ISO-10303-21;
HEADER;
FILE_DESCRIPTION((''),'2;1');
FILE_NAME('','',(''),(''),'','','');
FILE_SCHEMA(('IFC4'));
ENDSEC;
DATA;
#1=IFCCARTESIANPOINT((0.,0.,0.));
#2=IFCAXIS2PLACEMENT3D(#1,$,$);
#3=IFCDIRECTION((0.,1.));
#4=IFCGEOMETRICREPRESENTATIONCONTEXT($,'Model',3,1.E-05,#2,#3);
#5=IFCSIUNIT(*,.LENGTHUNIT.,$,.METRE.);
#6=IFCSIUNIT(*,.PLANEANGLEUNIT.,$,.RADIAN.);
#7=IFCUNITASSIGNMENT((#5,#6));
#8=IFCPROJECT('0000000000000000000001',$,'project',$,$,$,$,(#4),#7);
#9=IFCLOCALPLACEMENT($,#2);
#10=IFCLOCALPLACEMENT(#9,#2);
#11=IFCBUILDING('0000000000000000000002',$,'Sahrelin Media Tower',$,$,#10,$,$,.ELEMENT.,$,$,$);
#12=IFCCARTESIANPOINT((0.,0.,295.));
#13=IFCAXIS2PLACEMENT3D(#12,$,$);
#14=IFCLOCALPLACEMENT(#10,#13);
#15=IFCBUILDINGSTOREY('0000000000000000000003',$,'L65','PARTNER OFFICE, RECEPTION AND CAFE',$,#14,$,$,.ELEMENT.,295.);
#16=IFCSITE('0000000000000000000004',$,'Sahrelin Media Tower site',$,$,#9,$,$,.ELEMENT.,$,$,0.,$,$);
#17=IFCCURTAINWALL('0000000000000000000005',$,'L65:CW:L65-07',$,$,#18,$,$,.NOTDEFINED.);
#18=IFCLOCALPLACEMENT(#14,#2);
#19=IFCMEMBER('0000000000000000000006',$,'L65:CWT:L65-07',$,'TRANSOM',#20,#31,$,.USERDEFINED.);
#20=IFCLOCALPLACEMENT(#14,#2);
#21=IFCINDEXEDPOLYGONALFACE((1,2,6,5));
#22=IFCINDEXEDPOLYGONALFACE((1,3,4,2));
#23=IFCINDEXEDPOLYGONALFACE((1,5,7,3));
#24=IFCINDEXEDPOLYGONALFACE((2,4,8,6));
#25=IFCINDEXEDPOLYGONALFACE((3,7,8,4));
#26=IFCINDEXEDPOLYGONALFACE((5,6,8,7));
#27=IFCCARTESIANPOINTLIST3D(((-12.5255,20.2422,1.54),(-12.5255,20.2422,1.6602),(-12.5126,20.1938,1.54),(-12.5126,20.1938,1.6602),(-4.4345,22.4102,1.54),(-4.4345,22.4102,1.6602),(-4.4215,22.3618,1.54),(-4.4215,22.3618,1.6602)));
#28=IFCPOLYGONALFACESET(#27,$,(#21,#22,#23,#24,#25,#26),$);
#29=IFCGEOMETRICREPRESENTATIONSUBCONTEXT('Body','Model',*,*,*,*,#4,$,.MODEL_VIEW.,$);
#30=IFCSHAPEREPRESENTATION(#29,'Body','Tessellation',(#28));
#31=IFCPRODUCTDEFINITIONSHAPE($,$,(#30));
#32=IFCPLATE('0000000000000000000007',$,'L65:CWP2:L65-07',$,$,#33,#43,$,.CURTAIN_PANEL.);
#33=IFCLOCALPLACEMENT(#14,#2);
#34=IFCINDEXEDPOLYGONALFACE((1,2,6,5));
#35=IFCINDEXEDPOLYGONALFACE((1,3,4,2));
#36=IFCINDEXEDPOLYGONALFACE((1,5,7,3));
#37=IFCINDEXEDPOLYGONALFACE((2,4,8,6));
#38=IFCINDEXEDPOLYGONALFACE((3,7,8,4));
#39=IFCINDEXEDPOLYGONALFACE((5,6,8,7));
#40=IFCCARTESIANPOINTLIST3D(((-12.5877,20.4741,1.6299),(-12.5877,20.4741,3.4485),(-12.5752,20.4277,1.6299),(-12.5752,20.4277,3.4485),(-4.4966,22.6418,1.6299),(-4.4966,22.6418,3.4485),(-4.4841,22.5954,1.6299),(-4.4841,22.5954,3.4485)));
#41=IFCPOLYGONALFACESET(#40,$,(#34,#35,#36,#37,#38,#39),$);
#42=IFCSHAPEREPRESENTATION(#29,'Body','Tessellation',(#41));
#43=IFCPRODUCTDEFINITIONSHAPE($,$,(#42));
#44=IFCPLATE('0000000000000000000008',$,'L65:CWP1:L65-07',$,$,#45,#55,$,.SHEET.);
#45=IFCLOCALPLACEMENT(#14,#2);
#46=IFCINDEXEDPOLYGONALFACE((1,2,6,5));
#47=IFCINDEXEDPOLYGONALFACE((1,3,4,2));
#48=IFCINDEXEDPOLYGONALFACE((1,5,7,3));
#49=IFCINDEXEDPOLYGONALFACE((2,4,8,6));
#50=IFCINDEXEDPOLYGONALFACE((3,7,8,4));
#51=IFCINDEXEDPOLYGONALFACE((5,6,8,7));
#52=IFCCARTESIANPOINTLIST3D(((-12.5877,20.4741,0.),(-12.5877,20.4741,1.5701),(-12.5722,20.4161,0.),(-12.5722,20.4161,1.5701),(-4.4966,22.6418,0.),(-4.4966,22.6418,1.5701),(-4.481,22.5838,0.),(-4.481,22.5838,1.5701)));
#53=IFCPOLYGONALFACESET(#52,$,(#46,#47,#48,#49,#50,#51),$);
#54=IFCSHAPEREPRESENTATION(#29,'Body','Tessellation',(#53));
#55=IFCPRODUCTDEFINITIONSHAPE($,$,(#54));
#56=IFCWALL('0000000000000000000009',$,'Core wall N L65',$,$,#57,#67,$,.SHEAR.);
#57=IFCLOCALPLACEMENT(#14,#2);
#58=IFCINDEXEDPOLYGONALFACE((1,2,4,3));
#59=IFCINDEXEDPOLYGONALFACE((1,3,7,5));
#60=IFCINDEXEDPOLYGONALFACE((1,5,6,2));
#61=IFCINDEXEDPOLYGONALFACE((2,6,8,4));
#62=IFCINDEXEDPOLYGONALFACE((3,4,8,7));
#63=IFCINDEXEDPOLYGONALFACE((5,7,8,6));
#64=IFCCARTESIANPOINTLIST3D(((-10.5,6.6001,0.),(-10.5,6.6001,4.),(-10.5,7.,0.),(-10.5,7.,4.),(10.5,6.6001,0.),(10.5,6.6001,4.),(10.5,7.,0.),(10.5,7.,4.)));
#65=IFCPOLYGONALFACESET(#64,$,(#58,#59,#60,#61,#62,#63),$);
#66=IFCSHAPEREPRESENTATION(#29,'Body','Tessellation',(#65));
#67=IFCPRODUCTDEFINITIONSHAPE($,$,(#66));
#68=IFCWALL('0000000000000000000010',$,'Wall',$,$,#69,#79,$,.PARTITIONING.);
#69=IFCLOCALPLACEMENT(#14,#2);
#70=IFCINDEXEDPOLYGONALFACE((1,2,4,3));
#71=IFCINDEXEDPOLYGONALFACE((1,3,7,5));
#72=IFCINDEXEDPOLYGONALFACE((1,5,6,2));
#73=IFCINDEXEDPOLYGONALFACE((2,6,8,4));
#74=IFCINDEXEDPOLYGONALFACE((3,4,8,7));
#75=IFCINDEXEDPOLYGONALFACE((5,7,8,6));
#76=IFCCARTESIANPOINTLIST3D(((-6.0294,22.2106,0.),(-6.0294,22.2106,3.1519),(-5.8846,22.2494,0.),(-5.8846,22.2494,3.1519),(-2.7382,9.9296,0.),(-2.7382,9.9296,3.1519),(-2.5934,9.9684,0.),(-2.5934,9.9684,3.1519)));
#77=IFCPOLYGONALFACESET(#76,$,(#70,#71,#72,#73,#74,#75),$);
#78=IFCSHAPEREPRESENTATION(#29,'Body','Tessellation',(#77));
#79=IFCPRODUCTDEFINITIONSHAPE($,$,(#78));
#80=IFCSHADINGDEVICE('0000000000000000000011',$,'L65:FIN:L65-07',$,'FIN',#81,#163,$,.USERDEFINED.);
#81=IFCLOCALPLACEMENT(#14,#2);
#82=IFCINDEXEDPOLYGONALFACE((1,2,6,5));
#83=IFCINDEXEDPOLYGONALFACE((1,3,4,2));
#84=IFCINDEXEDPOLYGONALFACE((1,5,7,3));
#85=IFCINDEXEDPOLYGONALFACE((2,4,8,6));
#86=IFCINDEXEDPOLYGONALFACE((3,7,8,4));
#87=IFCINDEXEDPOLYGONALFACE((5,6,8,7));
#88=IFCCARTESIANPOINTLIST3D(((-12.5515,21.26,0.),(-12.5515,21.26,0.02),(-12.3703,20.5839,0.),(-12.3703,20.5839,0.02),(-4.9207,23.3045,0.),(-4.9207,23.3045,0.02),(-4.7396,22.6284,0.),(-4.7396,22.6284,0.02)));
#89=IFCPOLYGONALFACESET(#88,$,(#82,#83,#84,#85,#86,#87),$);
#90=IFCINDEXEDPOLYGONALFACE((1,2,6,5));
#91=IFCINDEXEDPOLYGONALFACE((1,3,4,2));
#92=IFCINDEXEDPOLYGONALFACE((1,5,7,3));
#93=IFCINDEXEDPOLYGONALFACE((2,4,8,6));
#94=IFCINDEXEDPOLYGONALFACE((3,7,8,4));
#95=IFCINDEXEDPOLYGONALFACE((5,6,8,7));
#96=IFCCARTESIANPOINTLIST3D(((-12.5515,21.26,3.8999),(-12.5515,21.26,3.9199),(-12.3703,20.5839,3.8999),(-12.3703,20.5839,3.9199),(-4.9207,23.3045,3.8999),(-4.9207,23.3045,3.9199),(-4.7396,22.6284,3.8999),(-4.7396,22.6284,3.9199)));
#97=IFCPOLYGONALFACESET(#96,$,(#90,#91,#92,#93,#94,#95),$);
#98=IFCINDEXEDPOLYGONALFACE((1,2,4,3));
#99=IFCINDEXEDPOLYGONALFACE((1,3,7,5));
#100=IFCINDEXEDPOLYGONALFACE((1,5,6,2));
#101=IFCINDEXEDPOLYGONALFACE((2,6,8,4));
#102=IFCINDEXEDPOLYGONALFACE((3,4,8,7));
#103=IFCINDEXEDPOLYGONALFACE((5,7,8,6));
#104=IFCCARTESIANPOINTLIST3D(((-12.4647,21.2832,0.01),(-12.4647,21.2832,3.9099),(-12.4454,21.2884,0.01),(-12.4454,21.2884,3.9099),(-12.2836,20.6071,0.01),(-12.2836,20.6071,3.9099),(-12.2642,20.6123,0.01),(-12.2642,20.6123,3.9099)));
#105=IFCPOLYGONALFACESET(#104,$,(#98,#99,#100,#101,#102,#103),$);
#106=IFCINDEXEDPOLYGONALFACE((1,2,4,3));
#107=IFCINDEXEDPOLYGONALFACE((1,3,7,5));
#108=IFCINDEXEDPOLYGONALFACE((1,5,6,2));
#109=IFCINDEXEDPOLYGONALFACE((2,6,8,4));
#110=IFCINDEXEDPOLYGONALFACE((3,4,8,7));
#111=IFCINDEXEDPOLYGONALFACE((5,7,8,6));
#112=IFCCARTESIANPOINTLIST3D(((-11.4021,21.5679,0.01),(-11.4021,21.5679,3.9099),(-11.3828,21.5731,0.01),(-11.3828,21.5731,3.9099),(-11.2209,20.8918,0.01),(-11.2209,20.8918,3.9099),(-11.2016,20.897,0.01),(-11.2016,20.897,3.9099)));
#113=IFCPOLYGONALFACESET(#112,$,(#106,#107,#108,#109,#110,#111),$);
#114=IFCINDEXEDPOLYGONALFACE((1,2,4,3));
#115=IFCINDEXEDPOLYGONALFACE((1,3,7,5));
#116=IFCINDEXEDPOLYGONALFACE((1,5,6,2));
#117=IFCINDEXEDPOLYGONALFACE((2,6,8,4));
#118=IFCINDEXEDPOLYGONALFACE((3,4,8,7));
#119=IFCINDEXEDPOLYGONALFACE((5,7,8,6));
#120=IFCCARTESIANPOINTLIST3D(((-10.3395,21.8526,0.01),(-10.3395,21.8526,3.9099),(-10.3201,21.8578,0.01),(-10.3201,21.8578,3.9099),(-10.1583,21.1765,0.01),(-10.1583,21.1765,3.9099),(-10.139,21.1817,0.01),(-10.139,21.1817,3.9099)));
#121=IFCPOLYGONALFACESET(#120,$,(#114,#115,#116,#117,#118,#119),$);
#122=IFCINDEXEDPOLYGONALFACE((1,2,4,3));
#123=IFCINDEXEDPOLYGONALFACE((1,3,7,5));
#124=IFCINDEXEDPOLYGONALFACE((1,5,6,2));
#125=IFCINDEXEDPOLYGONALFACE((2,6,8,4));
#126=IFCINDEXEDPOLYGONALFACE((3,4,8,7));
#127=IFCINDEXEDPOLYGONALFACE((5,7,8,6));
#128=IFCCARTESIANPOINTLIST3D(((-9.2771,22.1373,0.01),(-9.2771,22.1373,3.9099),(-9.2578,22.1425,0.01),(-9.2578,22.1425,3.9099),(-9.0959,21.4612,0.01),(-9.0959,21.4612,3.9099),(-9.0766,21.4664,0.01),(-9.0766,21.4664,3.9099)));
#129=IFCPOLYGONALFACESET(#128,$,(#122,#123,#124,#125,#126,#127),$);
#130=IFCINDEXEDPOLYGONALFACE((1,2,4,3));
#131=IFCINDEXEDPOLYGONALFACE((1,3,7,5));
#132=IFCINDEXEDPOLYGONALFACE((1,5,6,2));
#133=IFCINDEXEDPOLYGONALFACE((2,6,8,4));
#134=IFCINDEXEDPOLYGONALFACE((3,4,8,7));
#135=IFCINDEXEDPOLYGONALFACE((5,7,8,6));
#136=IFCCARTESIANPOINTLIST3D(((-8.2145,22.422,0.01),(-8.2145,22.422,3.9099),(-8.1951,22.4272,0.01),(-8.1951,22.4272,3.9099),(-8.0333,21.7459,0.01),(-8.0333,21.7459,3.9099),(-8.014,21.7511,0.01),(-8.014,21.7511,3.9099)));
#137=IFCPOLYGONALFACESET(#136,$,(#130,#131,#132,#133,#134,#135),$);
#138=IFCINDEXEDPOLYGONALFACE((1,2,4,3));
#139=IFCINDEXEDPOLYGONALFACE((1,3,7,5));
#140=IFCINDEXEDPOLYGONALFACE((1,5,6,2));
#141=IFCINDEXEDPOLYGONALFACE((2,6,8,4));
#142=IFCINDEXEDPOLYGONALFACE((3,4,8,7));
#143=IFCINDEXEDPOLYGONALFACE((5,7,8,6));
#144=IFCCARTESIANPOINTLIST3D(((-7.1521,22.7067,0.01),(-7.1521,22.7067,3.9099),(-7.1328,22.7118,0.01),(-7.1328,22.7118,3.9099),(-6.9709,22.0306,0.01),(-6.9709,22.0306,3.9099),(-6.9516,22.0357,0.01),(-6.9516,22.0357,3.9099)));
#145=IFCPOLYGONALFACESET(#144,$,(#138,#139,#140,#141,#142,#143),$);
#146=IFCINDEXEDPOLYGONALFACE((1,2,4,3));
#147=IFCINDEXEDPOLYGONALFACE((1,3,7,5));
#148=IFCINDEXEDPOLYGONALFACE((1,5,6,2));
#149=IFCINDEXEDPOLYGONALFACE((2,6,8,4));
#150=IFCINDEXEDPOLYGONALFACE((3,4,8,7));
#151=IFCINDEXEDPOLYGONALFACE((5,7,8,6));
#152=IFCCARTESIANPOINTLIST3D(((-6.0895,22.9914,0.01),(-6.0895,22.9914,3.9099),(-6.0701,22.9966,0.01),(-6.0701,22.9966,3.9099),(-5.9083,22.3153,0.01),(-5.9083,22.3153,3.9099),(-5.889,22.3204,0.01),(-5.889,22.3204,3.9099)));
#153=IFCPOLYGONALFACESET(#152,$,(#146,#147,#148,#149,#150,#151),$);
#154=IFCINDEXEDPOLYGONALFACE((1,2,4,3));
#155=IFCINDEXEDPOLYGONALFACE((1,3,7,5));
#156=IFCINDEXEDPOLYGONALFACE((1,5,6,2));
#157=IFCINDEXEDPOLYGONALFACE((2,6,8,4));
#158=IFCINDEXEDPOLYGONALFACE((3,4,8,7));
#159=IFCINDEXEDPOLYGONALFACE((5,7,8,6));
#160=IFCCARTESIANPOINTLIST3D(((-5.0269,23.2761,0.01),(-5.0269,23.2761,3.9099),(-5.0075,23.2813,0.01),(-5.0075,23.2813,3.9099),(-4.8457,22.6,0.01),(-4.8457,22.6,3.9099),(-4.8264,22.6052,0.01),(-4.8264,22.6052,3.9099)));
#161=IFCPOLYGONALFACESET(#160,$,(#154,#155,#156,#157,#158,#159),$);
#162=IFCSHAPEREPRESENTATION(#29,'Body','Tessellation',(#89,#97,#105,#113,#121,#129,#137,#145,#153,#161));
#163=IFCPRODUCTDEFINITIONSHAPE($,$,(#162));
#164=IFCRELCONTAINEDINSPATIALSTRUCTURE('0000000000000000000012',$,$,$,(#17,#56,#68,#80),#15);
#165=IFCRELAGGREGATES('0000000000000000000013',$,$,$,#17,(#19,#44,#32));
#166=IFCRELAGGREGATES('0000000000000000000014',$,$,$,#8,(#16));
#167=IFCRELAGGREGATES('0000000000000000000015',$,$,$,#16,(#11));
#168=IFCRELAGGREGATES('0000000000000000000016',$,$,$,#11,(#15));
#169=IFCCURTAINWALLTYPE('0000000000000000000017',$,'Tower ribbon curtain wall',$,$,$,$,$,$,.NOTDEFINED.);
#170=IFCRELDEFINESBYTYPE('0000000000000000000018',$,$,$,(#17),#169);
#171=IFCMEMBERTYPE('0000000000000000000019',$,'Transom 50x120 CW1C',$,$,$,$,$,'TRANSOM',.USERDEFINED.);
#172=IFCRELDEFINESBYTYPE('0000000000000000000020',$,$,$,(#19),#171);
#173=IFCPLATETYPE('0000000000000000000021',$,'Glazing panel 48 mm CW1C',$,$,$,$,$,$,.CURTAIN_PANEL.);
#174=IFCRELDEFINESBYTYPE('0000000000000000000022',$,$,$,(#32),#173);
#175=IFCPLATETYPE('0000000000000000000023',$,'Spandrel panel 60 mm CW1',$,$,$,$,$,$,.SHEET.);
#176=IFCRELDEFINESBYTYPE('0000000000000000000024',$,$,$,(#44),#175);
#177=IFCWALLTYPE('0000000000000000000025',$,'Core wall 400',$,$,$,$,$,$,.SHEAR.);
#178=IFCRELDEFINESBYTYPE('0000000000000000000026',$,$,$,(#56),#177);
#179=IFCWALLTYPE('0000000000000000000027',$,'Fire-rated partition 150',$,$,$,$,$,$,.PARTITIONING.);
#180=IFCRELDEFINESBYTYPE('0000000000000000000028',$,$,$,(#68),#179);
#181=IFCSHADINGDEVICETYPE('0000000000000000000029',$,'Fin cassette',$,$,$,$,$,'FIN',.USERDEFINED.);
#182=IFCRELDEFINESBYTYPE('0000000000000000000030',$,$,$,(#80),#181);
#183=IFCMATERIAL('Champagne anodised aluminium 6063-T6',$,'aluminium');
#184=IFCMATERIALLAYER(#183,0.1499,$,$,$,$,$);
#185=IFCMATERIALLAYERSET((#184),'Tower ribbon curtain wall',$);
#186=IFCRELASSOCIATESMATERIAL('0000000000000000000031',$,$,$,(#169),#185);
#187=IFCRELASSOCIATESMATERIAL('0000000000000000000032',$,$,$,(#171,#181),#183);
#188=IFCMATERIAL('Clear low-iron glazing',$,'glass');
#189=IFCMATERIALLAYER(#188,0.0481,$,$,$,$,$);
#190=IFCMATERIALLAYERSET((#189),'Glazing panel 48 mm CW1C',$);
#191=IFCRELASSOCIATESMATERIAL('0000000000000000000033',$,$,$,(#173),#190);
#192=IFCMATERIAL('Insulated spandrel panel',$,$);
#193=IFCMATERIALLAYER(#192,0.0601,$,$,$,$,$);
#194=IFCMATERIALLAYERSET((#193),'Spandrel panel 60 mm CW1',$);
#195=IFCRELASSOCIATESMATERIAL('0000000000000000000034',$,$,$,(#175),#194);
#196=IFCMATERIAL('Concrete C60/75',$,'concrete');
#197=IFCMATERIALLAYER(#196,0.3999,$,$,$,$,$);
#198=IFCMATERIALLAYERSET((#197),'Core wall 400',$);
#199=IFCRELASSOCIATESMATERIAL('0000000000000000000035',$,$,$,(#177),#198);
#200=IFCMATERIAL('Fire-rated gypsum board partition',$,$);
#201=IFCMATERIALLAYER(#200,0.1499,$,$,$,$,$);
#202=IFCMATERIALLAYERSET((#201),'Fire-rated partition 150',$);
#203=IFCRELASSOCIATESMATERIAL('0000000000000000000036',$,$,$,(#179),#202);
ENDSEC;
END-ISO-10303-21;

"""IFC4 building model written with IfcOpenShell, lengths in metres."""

from ifc_helpers import new_model, si_unit, direction, frame, frame_2d, origin, origin_2d, place, context, subcontext, project, spatial, polyline, rectangle, outline, extrude, material, layer, layer_set, material_profile, profile_set, type_object, element, aggregate, save


model = new_model("IFC4")

# Units and contexts
model_context = context("Model", 3, precision=1e-05, world=origin(), true_north=direction((0.0, 1.0)))
body_context = subcontext(model_context, "Body", "Model", "MODEL_VIEW")
ifc_project = project(units=[si_unit("LENGTHUNIT", "METRE"), si_unit("PLANEANGLEUNIT", "RADIAN")], contexts=[model_context])

# Site, building, storey
site_placement = place(None, origin())
site = spatial("IfcSite", under=ifc_project, at=site_placement, Name="Sahrelin Media Tower site", CompositionType="ELEMENT", RefElevation=0.0)
building_placement = place(site_placement, origin())
building = spatial("IfcBuilding", under=site, at=building_placement, Name="Sahrelin Media Tower", CompositionType="ELEMENT")
storey_placement = place(building_placement, frame((0.0, 0.0, 295.0)))
storey = spatial("IfcBuildingStorey", under=building, at=storey_placement, Name="L65", Description="PARTNER OFFICE, RECEPTION AND CAFE", CompositionType="ELEMENT", Elevation=295.0)

# Curtain wall
ifc_material_1 = material(Name="Champagne anodised aluminium 6063-T6", Category="aluminium")
ifc_layer_1 = layer(ifc_material_1, 0.1499)
ifc_layer_set_1 = layer_set([ifc_layer_1], Name="Tower ribbon curtain wall")
curtain_wall_type = type_object("IfcCurtainWallType", Name="Tower ribbon curtain wall", PredefinedType="NOTDEFINED", material=ifc_layer_set_1)
curtain_wall_1_placement = place(storey_placement, frame((-8.5369, 21.5386, 0.0), z_axis=(0.0, 0.0, 1.0), x_axis=(1.0, 0.0, 0.0)))
curtain_wall_1 = element("IfcCurtainWall", 1, at=curtain_wall_1_placement, inside=storey, type_object=curtain_wall_type, Name="L65:CW:L65-07", PredefinedType="NOTDEFINED")

# Member
ifc_material_profile_1 = material_profile(ifc_material_1, rectangle(XDim=0.05, YDim=0.1201, at=origin_2d()), Name="Transom 50x120")
ifc_profile_set_1 = profile_set([ifc_material_profile_1], Name="Champagne anodised aluminium 6063-T6")
member_type_1 = type_object("IfcMemberType", Name="Transom 50x120 CW1C", ElementType="TRANSOM", PredefinedType="USERDEFINED", material=ifc_profile_set_1)
member_1_placement = place(storey_placement, frame((-4.428, 22.386, 1.6001), z_axis=(-0.965927, -0.258816, 0.0), x_axis=(0.258816, -0.965927, 0.0)))
member_1 = element("IfcMember", 2, at=member_1_placement, type_object=member_type_1, Name="L65:CWT:L65-07", ObjectType="TRANSOM", PredefinedType="USERDEFINED", context=body_context, shape_type="SweptSolid", body=[
    extrude(rectangle(XDim=0.05, YDim=0.1201, at=origin_2d()), origin(), (0.0, 0.0, 1.0), 8.3765),
])

# Plates
ifc_material_2 = material(Name="Clear low-iron glazing", Category="glass")
ifc_layer_2 = layer(ifc_material_2, 0.0481)
ifc_layer_set_2 = layer_set([ifc_layer_2], Name="Glazing panel 48 mm CW1C")
plate_type_1 = type_object("IfcPlateType", Name="Glazing panel 48 mm CW1C", PredefinedType="CURTAIN_PANEL", material=ifc_layer_set_2)
plate_1_placement = place(storey_placement, frame((-4.4966, 22.6418, 1.6299), z_axis=(-0.258789, 0.965934, 0.0), x_axis=(-0.965934, -0.258789, 0.0)))
plate_1 = element("IfcPlate", 3, at=plate_1_placement, type_object=plate_type_1, Name="L65:CWP2:L65-07", PredefinedType="CURTAIN_PANEL", context=body_context, shape_type="SweptSolid", body=[
    extrude(outline(polyline([(0.0, 0.0), (8.3765, 0.0), (8.3765, 1.8186), (0.0, 1.8186), (0.0, 0.0)])), origin(), (0.0, 0.0, -1.0), 0.0481),
])
ifc_material_3 = material(Name="Insulated spandrel panel")
ifc_layer_3 = layer(ifc_material_3, 0.0601)
ifc_layer_set_3 = layer_set([ifc_layer_3], Name="Spandrel panel 60 mm CW1")
plate_type_2 = type_object("IfcPlateType", Name="Spandrel panel 60 mm CW1", PredefinedType="SHEET", material=ifc_layer_set_3)
plate_2_placement = place(storey_placement, frame((-4.4966, 22.6418, 0.0), z_axis=(-0.258789, 0.965934, 0.0), x_axis=(-0.965934, -0.258789, 0.0)))
plate_2 = element("IfcPlate", 4, at=plate_2_placement, type_object=plate_type_2, Name="L65:CWP1:L65-07", PredefinedType="SHEET", context=body_context, shape_type="SweptSolid", body=[
    extrude(outline(polyline([(0.0, 0.0), (8.3765, 0.0), (8.3765, 1.5701), (0.0, 1.5701), (0.0, 0.0)])), origin(), (0.0, 0.0, -1.0), 0.0601),
])
aggregate(curtain_wall_1, [member_1, plate_2, plate_1])

# Walls
ifc_material_4 = material(Name="Concrete C60/75", Category="concrete")
ifc_layer_4 = layer(ifc_material_4, 0.3999)
ifc_layer_set_4 = layer_set([ifc_layer_4], Name="Core wall 400")
wall_type_1 = type_object("IfcWallType", Name="Core wall 400", PredefinedType="SHEAR", material=ifc_layer_set_4)
wall_1_placement = place(storey_placement, frame((-10.5, 6.8, 0.0), z_axis=(0.0, 0.0, 1.0), x_axis=(1.0, 0.0, 0.0)))
element("IfcWall", 5, at=wall_1_placement, inside=storey, type_object=wall_type_1, Name="Core wall N L65", PredefinedType="SHEAR", context=body_context, shape_type="SweptSolid", body=[
    extrude(rectangle(XDim=21.0, YDim=0.3999, at=frame_2d((10.5, 0.0))), origin(), (0.0, 0.0, 1.0), 4.0),
])
ifc_material_5 = material(Name="Fire-rated gypsum board partition")
ifc_layer_5 = layer(ifc_material_5, 0.1499)
ifc_layer_set_5 = layer_set([ifc_layer_5], Name="Fire-rated partition 150")
wall_type_2 = type_object("IfcWallType", Name="Fire-rated partition 150", PredefinedType="PARTITIONING", material=ifc_layer_set_5)
wall_2_placement = place(storey_placement, frame((-5.957, 22.23, 0.0), z_axis=(0.0, 0.0, 1.0), x_axis=(0.258861, -0.965915, 0.0)))
element("IfcWall", 6, at=wall_2_placement, inside=storey, type_object=wall_type_2, Name="Wall", PredefinedType="PARTITIONING", context=body_context, shape_type="SweptSolid", body=[
    extrude(rectangle(XDim=12.7144, YDim=0.1499, at=frame_2d((6.3572, 0.0))), origin(), (0.0, 0.0, 1.0), 3.1519),
])

# Shading device
shading_device_type_1 = type_object("IfcShadingDeviceType", Name="Fin cassette", ElementType="FIN", PredefinedType="USERDEFINED", material=ifc_material_1)
placement = place(storey_placement, frame((-8.5369, 21.5386, 0.0), z_axis=(0.0, 0.0, 1.0), x_axis=(0.965929, 0.258808, 0.0)))
element("IfcShadingDevice", 7, at=placement, inside=storey, type_object=shading_device_type_1, Name="L65:FIN:L65-07", ObjectType="FIN", PredefinedType="USERDEFINED", context=body_context, shape_type="SweptSolid", body=[
    extrude(rectangle(XDim=7.8999, YDim=0.7, at=origin_2d()), frame((0.0, 0.4199, 0.0)), (0.0, 0.0, 1.0), 0.02),
    extrude(rectangle(XDim=7.8999, YDim=0.7, at=origin_2d()), frame((0.0, 0.4199, 3.8999)), (0.0, 0.0, 1.0), 0.02),
    extrude(rectangle(XDim=0.02, YDim=0.7, at=origin_2d()), frame((-3.8501, 0.4199, 0.01), z_axis=(0.0, 0.0, 1.0), x_axis=(1.0, 0.0, 0.0)), (0.0, 0.0, 1.0), 3.8999),
    extrude(rectangle(XDim=0.02, YDim=0.7, at=origin_2d()), frame((-2.75, 0.4199, 0.01), z_axis=(0.0, 0.0, 1.0), x_axis=(1.0, 0.0, 0.0)), (0.0, 0.0, 1.0), 3.8999),
    extrude(rectangle(XDim=0.02, YDim=0.7, at=origin_2d()), frame((-1.6499, 0.4199, 0.01), z_axis=(0.0, 0.0, 1.0), x_axis=(1.0, 0.0, 0.0)), (0.0, 0.0, 1.0), 3.8999),
    extrude(rectangle(XDim=0.02, YDim=0.7, at=origin_2d()), frame((-0.55, 0.4199, 0.01), z_axis=(0.0, 0.0, 1.0), x_axis=(1.0, 0.0, 0.0)), (0.0, 0.0, 1.0), 3.8999),
    extrude(rectangle(XDim=0.02, YDim=0.7, at=origin_2d()), frame((0.55, 0.4199, 0.01), z_axis=(0.0, 0.0, 1.0), x_axis=(1.0, 0.0, 0.0)), (0.0, 0.0, 1.0), 3.8999),
    extrude(rectangle(XDim=0.02, YDim=0.7, at=origin_2d()), frame((1.6499, 0.4199, 0.01), z_axis=(0.0, 0.0, 1.0), x_axis=(1.0, 0.0, 0.0)), (0.0, 0.0, 1.0), 3.8999),
    extrude(rectangle(XDim=0.02, YDim=0.7, at=origin_2d()), frame((2.75, 0.4199, 0.01), z_axis=(0.0, 0.0, 1.0), x_axis=(1.0, 0.0, 0.0)), (0.0, 0.0, 1.0), 3.8999),
    extrude(rectangle(XDim=0.02, YDim=0.7, at=origin_2d()), frame((3.8501, 0.4199, 0.01), z_axis=(0.0, 0.0, 1.0), x_axis=(1.0, 0.0, 0.0)), (0.0, 0.0, 1.0), 3.8999),
])

save(model, "model.ifc")
